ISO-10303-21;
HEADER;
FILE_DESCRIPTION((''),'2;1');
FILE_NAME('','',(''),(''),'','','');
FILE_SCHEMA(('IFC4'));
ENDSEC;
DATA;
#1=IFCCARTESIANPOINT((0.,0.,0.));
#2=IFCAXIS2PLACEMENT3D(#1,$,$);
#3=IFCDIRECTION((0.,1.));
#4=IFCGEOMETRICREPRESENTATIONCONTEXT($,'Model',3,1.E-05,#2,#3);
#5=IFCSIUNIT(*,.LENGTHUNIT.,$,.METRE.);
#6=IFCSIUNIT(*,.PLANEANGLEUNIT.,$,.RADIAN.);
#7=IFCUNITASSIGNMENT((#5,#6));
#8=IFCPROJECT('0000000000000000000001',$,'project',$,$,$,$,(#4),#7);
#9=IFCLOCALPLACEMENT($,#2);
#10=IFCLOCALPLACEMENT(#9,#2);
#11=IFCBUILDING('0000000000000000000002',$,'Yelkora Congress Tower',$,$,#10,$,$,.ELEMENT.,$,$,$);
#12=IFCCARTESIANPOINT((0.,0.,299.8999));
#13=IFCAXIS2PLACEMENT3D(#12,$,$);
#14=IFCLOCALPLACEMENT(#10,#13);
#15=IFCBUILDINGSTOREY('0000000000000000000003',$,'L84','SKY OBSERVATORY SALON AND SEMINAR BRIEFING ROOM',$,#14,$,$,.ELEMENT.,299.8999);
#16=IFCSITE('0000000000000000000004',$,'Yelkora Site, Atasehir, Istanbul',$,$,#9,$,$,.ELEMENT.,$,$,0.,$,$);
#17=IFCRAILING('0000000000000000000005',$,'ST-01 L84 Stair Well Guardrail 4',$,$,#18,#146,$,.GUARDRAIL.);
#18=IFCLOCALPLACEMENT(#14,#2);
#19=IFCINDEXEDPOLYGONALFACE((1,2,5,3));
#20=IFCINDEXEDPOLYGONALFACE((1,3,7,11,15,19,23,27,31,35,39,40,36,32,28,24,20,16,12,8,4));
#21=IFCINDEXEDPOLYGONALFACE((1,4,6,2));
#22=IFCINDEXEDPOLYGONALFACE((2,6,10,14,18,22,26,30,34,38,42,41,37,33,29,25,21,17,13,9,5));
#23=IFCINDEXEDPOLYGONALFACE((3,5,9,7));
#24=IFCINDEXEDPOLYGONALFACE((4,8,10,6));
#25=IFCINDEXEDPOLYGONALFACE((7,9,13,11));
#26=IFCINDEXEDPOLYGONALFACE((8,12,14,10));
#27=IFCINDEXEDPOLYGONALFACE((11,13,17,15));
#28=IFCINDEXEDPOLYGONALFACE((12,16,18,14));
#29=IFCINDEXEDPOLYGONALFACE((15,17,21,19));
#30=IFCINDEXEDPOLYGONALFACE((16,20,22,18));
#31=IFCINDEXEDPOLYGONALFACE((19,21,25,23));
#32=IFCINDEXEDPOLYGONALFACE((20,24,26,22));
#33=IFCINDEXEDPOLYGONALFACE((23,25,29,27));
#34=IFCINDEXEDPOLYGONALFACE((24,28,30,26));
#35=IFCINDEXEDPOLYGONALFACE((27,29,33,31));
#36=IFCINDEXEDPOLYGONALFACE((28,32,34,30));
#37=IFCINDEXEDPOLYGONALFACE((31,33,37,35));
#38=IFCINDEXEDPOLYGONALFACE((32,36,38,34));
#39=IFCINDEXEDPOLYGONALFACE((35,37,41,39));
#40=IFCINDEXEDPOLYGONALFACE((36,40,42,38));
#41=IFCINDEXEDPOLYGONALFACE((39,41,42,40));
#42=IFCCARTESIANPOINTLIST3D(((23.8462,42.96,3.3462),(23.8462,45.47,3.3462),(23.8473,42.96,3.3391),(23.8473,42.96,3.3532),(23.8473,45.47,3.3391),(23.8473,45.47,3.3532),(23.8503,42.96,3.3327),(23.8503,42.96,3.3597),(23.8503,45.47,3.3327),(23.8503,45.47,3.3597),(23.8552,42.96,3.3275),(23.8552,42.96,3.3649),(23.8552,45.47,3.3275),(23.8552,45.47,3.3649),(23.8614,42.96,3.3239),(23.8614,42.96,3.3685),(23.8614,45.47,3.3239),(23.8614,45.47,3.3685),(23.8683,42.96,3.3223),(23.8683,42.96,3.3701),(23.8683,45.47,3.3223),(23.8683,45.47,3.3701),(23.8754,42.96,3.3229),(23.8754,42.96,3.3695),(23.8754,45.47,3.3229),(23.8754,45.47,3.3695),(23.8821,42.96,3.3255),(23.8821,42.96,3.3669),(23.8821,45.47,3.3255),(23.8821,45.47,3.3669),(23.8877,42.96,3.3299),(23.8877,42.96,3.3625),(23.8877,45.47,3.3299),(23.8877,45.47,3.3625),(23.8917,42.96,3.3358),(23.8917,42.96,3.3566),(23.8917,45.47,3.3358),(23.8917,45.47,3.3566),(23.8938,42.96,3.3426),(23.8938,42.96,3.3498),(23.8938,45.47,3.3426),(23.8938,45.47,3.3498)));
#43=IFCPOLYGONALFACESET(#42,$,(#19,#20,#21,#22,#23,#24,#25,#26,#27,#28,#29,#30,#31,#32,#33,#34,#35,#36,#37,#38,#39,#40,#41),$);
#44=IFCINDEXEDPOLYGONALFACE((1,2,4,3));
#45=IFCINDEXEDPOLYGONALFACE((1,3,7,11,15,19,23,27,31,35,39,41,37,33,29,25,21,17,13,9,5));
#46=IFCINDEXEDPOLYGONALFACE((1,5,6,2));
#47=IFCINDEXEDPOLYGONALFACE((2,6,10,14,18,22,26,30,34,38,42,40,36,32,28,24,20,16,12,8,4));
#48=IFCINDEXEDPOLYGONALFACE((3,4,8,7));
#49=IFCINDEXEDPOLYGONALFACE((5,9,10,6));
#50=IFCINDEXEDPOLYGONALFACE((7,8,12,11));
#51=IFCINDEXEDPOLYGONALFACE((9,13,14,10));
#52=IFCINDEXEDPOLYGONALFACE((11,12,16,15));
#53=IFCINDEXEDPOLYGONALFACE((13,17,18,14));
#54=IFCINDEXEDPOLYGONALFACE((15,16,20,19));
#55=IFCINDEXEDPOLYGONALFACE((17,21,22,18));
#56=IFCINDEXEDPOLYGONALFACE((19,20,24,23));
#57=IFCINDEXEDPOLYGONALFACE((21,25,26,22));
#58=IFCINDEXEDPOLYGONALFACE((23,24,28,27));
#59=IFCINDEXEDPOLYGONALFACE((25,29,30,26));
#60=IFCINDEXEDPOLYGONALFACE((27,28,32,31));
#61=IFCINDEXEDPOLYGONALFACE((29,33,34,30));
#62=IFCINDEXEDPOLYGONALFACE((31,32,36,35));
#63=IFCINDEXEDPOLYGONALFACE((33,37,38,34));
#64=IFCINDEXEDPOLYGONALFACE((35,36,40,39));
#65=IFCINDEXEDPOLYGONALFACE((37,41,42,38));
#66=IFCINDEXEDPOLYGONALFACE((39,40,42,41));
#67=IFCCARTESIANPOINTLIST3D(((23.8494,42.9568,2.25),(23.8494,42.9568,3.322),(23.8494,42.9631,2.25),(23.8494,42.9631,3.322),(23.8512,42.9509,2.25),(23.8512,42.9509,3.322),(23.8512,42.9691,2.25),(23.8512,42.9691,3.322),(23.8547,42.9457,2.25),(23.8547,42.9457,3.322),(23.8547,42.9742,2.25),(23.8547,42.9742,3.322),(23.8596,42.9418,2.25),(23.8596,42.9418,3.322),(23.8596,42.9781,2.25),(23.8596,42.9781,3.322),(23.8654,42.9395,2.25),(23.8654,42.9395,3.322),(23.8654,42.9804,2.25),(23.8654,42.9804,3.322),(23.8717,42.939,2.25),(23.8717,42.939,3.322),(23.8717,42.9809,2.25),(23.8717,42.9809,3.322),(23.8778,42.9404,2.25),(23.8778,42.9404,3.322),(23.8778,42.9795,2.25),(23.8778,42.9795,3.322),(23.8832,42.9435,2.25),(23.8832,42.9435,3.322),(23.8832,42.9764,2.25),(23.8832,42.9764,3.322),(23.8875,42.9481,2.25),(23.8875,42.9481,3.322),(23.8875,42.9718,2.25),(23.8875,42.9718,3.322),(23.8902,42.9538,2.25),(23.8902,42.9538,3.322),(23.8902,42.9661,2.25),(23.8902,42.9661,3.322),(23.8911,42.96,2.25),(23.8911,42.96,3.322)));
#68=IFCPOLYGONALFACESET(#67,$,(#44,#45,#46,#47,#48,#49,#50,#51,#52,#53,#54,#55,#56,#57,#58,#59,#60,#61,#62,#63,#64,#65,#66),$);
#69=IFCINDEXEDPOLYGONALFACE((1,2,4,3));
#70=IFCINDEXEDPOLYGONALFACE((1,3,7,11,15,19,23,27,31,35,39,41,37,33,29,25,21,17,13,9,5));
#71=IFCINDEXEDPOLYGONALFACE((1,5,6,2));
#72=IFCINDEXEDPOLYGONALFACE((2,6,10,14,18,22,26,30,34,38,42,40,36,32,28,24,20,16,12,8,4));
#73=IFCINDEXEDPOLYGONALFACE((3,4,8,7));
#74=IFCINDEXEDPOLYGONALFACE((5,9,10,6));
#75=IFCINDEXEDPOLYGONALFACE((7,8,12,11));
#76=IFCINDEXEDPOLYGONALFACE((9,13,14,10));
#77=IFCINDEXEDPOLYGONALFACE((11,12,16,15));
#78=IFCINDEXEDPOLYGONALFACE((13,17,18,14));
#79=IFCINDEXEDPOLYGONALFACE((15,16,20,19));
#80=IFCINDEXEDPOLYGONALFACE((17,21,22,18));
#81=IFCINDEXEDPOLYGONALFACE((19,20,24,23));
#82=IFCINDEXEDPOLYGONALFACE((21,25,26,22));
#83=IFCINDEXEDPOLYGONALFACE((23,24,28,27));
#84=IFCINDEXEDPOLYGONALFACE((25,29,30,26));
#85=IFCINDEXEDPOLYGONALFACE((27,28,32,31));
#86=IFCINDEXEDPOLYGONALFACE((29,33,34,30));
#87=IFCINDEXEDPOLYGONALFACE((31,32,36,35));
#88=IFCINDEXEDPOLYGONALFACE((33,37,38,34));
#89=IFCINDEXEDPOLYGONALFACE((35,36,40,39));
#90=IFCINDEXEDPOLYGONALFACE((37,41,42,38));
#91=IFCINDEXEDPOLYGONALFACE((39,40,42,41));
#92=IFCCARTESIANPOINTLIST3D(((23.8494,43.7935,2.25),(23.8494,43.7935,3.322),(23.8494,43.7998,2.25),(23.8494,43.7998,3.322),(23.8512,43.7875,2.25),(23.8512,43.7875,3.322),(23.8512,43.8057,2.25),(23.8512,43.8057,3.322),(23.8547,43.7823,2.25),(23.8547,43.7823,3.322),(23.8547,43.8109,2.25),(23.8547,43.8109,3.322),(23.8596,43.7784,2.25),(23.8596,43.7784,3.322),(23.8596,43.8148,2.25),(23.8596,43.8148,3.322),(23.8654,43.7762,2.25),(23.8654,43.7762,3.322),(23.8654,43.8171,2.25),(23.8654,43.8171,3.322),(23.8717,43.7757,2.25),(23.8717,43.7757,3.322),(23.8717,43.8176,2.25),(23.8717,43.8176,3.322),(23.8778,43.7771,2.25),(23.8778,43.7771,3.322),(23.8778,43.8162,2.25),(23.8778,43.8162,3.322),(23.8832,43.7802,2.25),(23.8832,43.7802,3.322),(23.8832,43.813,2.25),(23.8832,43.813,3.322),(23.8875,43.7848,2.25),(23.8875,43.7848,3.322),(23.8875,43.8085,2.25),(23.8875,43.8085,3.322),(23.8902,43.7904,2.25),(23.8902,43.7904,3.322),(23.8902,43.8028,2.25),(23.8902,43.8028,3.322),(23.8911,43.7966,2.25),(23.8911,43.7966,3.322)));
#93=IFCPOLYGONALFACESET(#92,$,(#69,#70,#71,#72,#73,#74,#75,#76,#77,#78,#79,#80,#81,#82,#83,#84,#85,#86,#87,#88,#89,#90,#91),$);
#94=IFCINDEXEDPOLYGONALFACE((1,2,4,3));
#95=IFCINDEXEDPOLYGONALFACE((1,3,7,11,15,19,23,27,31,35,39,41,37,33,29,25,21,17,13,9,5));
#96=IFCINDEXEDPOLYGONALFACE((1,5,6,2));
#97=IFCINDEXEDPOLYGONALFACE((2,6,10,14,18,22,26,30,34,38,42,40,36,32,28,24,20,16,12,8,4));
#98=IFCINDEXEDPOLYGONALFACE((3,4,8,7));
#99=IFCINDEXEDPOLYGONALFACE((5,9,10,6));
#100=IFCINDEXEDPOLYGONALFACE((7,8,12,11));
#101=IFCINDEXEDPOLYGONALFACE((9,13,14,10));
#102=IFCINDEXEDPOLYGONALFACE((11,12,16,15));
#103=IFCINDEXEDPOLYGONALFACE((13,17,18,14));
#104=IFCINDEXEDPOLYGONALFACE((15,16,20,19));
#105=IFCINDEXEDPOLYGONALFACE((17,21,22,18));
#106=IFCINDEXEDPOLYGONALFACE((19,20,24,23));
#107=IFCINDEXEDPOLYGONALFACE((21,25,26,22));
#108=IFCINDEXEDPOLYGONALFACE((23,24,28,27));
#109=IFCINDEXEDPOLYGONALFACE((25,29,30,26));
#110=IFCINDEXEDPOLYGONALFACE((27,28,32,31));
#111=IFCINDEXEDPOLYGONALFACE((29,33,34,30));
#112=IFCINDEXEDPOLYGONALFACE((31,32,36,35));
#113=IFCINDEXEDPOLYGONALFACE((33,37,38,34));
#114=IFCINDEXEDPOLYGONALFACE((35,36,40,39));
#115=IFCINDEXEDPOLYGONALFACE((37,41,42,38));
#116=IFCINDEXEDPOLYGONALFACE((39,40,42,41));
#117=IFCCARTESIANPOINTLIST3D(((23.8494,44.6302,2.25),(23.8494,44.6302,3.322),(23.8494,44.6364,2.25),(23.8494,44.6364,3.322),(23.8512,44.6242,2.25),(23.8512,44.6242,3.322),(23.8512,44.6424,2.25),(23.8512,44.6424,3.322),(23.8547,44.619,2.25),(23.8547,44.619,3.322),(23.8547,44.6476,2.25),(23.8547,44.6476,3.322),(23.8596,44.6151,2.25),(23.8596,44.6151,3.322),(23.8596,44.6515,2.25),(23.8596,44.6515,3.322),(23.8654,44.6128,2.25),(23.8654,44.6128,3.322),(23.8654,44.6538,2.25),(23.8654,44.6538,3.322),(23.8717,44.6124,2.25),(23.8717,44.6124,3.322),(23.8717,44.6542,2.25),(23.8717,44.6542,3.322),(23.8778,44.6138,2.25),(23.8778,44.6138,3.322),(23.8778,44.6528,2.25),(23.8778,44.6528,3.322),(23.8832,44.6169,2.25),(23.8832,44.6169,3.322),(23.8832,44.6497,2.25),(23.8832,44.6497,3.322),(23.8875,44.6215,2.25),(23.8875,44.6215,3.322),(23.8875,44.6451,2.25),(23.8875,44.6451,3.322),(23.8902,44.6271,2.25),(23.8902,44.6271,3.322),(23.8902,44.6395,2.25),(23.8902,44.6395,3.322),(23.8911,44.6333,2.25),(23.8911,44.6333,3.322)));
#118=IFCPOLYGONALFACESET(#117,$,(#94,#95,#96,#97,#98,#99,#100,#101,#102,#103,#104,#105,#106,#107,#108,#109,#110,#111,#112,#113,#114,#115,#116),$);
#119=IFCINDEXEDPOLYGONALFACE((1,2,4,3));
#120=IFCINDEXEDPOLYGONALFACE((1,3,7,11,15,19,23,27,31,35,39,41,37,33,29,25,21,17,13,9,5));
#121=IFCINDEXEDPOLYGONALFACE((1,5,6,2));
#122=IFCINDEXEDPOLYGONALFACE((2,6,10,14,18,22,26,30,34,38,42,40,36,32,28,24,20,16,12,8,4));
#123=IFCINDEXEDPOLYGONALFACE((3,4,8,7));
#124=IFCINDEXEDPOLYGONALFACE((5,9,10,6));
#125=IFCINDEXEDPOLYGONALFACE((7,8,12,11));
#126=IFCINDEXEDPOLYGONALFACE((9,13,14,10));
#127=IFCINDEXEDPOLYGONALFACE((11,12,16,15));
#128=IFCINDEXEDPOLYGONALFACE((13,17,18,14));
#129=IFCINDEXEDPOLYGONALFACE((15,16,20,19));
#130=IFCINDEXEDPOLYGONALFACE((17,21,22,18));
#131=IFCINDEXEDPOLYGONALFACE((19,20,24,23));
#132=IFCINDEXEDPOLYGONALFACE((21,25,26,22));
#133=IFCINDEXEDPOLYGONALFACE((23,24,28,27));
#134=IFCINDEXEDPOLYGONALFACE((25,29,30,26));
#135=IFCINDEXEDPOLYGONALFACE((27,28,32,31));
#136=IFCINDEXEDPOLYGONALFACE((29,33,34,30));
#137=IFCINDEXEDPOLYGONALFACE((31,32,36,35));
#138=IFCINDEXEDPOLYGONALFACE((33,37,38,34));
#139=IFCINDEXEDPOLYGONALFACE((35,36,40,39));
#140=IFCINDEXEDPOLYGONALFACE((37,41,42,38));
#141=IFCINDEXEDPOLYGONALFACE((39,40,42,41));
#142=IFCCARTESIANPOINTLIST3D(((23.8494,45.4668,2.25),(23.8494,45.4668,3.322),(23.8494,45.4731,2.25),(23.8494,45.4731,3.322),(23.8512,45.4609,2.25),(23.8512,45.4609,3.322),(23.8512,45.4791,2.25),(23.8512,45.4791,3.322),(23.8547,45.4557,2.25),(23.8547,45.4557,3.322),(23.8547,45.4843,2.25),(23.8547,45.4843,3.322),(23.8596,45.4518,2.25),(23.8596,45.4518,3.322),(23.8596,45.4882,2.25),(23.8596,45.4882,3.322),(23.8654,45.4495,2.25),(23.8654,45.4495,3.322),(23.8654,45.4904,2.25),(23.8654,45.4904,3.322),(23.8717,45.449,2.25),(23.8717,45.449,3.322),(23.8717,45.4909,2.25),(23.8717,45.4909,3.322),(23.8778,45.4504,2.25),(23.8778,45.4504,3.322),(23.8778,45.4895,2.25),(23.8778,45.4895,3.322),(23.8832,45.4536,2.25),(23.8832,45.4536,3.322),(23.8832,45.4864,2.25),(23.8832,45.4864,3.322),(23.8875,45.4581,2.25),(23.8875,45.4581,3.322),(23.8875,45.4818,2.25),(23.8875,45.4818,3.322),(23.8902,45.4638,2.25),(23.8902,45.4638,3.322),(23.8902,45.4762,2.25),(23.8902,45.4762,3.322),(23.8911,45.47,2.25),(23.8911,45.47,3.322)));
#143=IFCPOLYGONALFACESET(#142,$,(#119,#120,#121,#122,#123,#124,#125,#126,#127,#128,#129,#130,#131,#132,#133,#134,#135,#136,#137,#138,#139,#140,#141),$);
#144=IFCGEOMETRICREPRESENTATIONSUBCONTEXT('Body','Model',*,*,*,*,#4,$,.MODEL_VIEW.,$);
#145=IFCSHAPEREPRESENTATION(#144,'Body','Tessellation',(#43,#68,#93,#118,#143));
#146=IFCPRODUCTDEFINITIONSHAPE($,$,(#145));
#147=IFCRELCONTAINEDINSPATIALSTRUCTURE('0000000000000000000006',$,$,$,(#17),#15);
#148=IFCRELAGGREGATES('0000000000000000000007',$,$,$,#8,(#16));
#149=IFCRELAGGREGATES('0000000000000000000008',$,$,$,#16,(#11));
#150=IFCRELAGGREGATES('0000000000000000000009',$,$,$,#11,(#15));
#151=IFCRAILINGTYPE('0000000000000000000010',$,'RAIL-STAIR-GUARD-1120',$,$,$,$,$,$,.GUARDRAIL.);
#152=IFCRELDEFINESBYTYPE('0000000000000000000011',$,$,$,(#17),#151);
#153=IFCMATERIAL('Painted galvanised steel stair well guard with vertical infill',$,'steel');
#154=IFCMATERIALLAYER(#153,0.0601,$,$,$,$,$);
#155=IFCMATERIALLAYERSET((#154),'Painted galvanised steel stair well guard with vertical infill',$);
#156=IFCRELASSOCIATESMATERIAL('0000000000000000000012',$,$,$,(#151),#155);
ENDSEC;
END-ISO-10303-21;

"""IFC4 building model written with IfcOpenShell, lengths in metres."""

from ifc_helpers import new_model, si_unit, direction, frame, origin, origin_2d, place, context, subcontext, project, spatial, circle, extrude, material, layer, layer_set, type_object, element, save


model = new_model("IFC4")

# Units and contexts
model_context = context("Model", 3, precision=1e-05, world=origin(), true_north=direction((0.0, 1.0)))
body_context = subcontext(model_context, "Body", "Model", "MODEL_VIEW")
ifc_project = project(units=[si_unit("LENGTHUNIT", "METRE"), si_unit("PLANEANGLEUNIT", "RADIAN")], contexts=[model_context])

# Site, building, storey
site_placement = place(None, origin())
site = spatial("IfcSite", under=ifc_project, at=site_placement, Name="Yelkora Site, Atasehir, Istanbul", CompositionType="ELEMENT", RefElevation=0.0)
building_placement = place(site_placement, origin())
building = spatial("IfcBuilding", under=site, at=building_placement, Name="Yelkora Congress Tower", CompositionType="ELEMENT")
storey_placement = place(building_placement, frame((0.0, 0.0, 299.8999)))
storey = spatial("IfcBuildingStorey", under=building, at=storey_placement, Name="L84", Description="SKY OBSERVATORY SALON AND SEMINAR BRIEFING ROOM", CompositionType="ELEMENT", Elevation=299.8999)

# Railing
ifc_material_1 = material(Name="Painted galvanised steel stair well guard with vertical infill", Category="steel")
ifc_layer_1 = layer(ifc_material_1, 0.0601)
ifc_layer_set_1 = layer_set([ifc_layer_1], Name="Painted galvanised steel stair well guard with vertical infill")
railing_type_1 = type_object("IfcRailingType", Name="RAIL-STAIR-GUARD-1120", PredefinedType="GUARDRAIL", material=ifc_layer_set_1)
for number, where, name in (
    (1, (23.8701, 42.96, 2.25), "ST-01 L84 Stair Well Guardrail 4"),
):
    element("IfcRailing", number, at=place(storey_placement, frame(where)), inside=storey, type_object=railing_type_1, Name=name, PredefinedType="GUARDRAIL", context=body_context, shape_type="SweptSolid", body=[
        extrude(circle(Radius=0.0239, at=origin_2d()), frame((0.0, 0.0, 1.0962), z_axis=(0.0, 1.0, 0.0), x_axis=(-1.0, 0.0, 0.0)), (0.0, 0.0, 1.0), 2.51),
        extrude(circle(Radius=0.021, at=origin_2d()), origin(), (0.0, 0.0, 1.0), 1.072),
        extrude(circle(Radius=0.021, at=origin_2d()), frame((0.0, 0.8367, 0.0)), (0.0, 0.0, 1.0), 1.072),
        extrude(circle(Radius=0.021, at=origin_2d()), frame((0.0, 1.6733, 0.0)), (0.0, 0.0, 1.0), 1.072),
        extrude(circle(Radius=0.021, at=origin_2d()), frame((0.0, 2.51, 0.0)), (0.0, 0.0, 1.0), 1.072),
    ])

save(model, "model.ifc")
